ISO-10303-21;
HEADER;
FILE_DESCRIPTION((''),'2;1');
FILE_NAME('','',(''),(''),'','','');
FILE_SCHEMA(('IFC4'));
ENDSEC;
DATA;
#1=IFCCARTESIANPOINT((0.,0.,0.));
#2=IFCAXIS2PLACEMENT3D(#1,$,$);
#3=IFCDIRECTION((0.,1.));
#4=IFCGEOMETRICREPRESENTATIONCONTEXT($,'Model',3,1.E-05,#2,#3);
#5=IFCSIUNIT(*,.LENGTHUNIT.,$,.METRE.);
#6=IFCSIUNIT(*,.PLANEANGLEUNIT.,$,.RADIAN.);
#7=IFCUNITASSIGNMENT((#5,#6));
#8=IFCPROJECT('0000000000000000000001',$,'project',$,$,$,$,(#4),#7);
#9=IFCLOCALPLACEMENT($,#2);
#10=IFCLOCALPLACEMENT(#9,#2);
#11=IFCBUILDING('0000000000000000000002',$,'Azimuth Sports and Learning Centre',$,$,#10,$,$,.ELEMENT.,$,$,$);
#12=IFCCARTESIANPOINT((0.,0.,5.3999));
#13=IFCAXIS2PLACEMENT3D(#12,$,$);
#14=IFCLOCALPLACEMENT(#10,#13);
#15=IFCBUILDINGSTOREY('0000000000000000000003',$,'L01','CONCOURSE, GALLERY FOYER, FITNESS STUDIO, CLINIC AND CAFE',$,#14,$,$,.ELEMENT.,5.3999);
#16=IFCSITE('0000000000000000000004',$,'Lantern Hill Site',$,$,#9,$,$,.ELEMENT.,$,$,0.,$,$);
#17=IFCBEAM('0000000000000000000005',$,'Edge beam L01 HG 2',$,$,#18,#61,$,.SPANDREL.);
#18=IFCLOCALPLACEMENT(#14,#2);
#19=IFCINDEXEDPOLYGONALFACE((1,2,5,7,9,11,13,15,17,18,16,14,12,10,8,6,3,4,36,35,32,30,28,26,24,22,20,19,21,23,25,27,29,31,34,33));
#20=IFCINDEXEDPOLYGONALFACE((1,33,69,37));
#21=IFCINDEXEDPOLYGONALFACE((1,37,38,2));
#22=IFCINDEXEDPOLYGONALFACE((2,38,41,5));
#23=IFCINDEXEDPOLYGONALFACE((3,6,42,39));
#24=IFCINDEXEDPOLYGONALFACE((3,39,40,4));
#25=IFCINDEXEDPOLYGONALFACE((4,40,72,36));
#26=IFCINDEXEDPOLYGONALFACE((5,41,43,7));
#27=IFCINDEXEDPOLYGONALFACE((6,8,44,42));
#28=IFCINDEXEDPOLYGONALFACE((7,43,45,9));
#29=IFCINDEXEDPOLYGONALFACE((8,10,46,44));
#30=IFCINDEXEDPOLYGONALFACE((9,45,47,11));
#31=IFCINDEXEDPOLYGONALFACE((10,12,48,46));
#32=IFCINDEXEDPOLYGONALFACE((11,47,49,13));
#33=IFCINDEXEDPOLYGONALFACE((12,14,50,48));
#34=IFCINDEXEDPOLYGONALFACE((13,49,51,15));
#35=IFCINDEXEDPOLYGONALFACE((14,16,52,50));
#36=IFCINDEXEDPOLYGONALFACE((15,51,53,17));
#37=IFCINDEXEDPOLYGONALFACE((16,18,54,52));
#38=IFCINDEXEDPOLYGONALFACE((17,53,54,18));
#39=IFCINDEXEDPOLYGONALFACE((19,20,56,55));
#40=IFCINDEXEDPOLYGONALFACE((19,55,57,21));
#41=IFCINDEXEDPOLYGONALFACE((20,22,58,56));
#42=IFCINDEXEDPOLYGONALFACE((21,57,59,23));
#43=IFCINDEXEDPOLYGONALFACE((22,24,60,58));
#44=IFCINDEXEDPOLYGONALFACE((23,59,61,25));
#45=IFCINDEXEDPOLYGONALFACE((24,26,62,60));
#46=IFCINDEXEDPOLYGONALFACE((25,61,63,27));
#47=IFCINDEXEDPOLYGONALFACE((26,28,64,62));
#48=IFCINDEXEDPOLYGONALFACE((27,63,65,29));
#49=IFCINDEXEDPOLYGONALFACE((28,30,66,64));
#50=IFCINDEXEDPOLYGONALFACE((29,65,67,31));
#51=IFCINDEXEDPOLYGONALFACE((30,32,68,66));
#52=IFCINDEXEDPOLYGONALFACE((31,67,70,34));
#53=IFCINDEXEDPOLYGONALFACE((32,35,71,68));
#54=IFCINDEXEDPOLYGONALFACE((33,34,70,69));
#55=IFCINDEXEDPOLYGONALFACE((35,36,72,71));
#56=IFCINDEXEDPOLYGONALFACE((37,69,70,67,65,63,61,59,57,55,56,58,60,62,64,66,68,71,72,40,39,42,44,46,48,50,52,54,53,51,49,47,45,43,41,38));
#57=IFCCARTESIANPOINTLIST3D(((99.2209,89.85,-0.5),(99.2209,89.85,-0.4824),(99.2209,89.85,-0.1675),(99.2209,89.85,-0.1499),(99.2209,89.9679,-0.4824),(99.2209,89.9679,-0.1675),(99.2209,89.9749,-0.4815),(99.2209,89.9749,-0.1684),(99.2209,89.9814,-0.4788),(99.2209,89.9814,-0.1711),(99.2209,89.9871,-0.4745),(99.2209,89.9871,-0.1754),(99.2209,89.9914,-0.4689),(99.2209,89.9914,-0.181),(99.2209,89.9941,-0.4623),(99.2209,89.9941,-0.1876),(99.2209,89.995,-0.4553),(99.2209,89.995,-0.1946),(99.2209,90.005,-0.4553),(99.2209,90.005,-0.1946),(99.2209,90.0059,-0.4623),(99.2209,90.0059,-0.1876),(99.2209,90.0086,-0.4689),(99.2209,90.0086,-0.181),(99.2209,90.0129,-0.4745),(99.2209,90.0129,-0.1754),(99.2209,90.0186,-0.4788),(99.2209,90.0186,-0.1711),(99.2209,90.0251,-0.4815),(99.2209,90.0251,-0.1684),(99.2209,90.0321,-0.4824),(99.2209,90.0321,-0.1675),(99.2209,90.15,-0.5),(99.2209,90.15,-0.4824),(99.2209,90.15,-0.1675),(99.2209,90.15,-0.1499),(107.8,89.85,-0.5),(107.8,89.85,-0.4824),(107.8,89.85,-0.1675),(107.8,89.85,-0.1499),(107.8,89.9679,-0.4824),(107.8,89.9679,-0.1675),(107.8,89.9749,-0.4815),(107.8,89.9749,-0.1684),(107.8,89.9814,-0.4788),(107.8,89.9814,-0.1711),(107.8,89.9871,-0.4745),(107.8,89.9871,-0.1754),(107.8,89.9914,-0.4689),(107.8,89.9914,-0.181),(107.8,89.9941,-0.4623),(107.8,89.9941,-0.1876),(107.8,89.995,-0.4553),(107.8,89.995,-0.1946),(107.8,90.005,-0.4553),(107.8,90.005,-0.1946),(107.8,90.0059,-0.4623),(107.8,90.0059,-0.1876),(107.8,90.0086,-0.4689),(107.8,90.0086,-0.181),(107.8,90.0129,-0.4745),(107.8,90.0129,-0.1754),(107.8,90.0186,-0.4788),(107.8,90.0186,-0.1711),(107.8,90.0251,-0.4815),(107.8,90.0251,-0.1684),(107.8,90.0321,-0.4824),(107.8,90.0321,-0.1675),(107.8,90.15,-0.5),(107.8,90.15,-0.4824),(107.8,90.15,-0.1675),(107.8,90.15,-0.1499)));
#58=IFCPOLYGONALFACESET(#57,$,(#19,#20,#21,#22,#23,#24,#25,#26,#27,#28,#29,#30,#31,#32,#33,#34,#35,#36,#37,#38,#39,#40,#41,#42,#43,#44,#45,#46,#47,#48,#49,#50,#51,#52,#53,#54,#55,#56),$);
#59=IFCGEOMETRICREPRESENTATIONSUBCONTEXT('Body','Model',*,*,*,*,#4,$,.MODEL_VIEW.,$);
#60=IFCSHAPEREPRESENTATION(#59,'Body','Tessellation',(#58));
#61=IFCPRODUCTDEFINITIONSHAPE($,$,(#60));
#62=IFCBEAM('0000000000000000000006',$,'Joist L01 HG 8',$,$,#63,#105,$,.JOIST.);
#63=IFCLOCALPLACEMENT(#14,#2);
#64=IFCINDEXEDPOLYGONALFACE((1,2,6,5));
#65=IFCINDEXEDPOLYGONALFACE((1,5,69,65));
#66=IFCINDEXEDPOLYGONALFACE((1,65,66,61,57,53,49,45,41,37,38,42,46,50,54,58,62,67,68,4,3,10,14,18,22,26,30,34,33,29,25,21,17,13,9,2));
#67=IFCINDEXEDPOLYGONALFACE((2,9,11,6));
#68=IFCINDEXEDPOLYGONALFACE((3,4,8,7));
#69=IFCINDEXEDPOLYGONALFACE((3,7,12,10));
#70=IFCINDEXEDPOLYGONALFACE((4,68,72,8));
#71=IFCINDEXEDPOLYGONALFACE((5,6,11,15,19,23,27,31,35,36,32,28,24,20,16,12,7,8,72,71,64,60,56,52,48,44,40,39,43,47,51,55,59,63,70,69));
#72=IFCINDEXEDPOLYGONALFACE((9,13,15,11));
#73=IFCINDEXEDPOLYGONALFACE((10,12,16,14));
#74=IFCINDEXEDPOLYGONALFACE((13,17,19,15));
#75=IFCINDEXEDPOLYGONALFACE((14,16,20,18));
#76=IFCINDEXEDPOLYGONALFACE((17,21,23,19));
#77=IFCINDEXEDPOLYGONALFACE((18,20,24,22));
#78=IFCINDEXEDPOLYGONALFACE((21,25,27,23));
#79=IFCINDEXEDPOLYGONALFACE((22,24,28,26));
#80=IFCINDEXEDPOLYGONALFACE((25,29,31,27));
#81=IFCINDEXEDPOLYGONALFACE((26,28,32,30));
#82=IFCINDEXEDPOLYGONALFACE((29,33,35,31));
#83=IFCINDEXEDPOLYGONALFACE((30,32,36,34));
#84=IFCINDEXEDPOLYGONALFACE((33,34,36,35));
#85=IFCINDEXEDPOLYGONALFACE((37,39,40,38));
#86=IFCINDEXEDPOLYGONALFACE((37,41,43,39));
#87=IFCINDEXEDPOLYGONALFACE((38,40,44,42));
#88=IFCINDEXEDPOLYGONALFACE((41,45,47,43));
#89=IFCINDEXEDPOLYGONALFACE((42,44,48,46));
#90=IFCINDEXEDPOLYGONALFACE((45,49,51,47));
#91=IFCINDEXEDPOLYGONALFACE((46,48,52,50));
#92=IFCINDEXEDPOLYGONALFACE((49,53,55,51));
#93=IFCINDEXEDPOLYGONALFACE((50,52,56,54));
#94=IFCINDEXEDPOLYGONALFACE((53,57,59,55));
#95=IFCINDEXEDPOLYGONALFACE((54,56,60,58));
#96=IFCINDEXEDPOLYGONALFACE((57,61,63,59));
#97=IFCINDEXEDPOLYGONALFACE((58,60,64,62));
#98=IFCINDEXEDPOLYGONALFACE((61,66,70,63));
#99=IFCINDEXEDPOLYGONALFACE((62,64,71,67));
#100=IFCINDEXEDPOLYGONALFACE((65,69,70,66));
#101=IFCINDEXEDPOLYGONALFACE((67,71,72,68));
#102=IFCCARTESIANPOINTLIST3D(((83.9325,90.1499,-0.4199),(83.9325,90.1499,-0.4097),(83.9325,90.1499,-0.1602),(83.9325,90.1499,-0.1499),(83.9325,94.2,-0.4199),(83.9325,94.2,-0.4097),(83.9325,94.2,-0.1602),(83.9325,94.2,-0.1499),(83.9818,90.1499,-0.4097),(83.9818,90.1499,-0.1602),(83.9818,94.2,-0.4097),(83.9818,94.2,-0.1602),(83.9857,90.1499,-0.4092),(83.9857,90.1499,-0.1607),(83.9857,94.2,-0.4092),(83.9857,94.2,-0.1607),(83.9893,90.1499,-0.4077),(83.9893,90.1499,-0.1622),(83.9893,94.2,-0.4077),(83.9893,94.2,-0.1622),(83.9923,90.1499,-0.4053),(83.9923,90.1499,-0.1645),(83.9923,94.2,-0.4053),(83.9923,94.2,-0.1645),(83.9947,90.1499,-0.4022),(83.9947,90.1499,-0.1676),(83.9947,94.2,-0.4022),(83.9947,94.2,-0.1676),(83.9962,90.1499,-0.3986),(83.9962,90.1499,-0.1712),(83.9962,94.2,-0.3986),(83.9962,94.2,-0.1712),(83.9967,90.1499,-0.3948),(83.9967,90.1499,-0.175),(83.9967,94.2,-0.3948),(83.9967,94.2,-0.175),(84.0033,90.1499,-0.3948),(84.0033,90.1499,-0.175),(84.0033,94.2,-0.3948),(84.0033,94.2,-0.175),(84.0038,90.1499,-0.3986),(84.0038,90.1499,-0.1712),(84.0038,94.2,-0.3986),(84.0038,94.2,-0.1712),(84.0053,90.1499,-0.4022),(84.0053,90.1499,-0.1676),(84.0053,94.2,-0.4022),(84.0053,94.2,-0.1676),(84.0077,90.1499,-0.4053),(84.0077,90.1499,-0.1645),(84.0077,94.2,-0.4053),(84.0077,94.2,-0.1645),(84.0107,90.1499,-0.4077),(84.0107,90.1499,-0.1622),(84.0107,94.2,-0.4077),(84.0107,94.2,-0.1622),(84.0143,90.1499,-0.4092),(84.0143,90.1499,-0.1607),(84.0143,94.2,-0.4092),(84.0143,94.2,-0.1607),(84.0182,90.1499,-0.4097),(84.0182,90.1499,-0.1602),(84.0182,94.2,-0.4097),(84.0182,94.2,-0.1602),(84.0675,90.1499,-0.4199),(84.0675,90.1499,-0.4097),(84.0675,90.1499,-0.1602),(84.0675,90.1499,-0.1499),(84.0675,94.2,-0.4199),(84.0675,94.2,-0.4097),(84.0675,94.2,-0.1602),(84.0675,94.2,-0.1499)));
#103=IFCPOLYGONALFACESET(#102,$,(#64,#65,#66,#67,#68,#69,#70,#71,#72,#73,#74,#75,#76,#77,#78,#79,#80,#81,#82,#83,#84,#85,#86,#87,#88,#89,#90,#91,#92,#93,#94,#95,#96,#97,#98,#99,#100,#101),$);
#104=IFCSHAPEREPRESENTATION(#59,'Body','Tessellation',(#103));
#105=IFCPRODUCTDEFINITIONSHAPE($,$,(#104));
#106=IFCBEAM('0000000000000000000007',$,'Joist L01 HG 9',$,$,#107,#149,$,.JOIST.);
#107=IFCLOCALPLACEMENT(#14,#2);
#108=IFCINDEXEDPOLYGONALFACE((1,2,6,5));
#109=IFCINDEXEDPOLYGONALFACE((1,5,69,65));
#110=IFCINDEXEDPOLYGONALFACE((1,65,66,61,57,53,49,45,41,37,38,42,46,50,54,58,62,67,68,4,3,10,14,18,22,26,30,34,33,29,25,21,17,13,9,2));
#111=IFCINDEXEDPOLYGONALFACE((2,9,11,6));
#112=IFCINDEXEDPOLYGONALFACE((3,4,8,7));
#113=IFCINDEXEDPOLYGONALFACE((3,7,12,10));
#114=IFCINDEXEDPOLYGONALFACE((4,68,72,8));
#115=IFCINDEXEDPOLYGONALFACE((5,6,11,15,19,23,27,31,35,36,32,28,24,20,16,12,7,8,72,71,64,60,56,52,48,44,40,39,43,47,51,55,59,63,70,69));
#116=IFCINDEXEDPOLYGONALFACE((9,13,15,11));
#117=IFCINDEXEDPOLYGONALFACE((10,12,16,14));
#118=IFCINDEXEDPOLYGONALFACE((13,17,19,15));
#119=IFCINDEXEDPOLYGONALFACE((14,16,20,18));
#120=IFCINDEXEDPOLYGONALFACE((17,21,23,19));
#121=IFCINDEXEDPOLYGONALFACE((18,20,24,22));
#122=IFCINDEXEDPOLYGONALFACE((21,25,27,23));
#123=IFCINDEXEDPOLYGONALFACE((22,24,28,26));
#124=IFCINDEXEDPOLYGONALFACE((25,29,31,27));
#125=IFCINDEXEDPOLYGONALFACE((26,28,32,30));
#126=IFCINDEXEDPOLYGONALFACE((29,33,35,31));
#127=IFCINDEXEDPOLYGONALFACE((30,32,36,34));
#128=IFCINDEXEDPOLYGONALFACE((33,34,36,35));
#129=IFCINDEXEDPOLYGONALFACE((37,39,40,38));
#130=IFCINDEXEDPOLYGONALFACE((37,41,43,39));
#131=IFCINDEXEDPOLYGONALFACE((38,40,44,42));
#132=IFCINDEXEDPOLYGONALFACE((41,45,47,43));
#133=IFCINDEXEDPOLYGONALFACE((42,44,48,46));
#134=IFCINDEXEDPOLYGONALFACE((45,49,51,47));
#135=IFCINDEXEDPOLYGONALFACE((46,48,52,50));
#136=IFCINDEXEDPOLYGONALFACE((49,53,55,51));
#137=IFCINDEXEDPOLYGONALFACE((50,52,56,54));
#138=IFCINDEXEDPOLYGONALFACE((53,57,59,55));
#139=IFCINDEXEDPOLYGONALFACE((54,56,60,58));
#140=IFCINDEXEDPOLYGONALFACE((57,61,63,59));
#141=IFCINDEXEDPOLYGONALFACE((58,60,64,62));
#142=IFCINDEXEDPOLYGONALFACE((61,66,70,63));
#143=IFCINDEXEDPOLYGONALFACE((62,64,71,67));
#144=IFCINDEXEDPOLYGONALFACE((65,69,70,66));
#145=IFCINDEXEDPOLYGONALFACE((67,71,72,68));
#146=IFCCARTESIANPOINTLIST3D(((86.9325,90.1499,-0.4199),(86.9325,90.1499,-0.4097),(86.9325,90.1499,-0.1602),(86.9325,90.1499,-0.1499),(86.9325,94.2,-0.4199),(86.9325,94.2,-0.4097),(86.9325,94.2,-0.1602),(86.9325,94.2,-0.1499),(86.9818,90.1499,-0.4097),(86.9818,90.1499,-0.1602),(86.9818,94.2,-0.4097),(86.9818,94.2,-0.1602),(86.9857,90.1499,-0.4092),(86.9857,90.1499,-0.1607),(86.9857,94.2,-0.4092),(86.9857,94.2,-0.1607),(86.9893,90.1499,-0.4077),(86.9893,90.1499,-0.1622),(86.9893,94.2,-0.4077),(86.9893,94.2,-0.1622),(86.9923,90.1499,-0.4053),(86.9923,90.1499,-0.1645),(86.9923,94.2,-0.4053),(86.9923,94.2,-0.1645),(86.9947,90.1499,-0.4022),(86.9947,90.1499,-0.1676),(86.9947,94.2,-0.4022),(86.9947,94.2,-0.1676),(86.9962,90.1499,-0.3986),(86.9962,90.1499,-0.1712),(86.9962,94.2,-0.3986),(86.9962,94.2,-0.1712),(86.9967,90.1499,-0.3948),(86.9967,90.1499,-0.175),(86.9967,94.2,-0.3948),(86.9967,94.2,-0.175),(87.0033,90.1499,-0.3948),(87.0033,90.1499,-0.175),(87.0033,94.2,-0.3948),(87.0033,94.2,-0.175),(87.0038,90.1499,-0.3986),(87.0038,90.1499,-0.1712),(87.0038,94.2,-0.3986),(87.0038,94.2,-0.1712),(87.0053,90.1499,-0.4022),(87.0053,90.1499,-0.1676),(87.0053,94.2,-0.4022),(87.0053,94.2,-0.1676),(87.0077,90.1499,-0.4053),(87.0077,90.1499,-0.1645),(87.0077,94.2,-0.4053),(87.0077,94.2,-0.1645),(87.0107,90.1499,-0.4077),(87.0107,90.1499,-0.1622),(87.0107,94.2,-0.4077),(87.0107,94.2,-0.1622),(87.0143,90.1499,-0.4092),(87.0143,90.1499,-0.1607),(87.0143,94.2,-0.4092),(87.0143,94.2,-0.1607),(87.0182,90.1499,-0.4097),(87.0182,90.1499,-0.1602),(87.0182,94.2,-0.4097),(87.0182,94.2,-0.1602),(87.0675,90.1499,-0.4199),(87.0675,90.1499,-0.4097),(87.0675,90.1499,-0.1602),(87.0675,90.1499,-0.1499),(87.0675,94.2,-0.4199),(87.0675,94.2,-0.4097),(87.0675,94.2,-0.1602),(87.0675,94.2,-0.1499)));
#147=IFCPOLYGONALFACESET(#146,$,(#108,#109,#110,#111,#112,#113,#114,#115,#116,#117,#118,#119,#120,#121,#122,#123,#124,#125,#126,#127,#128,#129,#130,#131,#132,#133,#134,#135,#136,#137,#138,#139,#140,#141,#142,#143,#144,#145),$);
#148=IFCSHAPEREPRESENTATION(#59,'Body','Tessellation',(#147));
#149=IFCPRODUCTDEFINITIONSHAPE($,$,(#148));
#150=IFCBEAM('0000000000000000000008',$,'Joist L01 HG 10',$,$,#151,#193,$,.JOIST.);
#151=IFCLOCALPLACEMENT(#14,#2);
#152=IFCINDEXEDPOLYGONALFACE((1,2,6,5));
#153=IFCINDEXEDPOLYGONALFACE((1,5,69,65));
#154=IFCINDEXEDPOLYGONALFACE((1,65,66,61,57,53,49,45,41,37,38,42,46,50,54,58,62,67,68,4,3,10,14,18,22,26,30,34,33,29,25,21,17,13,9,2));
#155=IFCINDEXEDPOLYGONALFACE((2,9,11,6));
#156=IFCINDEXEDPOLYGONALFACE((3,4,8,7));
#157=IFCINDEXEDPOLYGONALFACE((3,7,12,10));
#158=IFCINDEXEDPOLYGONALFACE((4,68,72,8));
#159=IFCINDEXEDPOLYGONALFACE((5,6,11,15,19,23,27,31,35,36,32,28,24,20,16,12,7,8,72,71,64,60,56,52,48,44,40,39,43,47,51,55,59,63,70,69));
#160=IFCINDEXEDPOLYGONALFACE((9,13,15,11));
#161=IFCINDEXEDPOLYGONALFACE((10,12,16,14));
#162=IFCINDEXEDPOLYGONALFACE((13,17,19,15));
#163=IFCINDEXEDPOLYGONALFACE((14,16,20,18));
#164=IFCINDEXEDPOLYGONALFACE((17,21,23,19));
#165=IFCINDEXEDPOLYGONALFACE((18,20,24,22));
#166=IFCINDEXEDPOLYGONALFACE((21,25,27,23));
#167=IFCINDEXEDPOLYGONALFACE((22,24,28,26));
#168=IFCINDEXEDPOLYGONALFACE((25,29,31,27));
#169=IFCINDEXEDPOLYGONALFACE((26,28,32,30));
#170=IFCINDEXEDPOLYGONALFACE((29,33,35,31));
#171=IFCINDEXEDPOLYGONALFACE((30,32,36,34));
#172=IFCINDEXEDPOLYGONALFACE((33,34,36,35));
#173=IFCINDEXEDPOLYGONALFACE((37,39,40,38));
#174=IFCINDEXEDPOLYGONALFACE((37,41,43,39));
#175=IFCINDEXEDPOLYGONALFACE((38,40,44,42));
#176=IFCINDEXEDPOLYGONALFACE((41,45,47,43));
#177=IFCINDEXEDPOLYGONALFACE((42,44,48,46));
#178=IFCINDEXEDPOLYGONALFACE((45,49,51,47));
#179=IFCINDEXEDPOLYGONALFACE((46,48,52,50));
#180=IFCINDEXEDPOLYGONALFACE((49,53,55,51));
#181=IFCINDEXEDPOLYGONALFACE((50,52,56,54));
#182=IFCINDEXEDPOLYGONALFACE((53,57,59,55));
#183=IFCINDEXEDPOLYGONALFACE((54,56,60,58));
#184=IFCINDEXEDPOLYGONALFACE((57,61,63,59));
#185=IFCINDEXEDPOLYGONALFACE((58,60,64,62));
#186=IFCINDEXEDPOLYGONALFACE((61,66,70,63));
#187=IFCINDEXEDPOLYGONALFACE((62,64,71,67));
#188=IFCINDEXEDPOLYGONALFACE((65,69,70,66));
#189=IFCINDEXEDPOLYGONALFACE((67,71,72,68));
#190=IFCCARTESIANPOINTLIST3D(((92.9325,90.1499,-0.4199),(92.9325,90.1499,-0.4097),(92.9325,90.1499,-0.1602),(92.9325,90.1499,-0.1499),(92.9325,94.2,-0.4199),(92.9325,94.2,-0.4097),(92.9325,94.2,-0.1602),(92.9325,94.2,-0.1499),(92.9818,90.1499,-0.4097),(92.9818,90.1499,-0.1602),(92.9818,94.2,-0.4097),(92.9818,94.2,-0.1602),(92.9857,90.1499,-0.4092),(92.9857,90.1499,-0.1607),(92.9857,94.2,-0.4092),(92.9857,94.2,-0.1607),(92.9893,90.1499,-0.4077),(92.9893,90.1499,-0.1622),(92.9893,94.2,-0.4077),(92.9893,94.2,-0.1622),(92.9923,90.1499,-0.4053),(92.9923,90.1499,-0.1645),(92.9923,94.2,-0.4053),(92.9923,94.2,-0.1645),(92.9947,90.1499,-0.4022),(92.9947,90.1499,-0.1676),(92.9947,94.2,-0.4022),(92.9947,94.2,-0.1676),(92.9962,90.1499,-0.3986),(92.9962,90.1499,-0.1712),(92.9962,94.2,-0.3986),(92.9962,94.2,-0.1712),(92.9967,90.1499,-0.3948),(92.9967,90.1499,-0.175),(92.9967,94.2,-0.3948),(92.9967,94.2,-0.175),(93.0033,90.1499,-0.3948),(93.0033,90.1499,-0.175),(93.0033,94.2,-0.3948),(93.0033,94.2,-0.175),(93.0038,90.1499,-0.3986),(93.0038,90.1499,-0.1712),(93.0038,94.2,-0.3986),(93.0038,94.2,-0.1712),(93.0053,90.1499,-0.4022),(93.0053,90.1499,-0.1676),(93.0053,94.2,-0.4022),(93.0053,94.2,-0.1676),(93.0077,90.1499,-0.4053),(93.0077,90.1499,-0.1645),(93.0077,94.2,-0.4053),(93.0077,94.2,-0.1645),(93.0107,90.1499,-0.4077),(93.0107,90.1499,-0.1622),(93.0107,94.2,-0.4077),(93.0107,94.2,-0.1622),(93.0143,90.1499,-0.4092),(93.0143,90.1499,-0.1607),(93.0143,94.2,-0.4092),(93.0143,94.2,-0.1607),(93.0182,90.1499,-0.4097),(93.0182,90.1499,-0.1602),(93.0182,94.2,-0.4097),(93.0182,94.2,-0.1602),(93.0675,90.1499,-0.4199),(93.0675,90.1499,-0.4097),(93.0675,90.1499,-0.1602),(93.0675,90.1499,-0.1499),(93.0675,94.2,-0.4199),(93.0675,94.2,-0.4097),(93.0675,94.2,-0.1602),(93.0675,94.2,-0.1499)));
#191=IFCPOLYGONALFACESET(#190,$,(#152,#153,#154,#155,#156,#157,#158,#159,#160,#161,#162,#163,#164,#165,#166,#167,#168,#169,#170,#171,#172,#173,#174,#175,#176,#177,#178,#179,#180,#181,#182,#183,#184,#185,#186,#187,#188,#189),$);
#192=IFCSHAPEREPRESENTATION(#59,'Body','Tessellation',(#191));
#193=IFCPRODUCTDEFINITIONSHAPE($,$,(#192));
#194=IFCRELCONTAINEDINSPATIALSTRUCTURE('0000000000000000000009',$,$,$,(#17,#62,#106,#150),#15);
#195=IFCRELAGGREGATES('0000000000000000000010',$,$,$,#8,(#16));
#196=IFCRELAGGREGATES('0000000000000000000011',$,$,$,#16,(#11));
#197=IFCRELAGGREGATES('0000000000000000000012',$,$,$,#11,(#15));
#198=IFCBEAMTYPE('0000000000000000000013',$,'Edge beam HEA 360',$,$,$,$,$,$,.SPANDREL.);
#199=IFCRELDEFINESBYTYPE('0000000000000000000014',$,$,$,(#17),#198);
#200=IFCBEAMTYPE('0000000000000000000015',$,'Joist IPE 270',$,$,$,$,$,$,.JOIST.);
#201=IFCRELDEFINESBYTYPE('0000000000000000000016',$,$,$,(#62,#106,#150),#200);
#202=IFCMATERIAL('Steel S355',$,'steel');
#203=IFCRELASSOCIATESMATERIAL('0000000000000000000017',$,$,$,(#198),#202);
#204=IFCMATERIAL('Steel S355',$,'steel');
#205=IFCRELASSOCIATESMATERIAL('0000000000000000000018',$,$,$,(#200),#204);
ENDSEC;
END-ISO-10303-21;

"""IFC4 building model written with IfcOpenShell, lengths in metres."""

from ifc_helpers import new_model, si_unit, direction, frame, origin, origin_2d, place, context, subcontext, project, spatial, i_section, extrude, material, material_profile, profile_set, type_object, element, save


model = new_model("IFC4")

# Units and contexts
model_context = context("Model", 3, precision=1e-05, world=origin(), true_north=direction((0.0, 1.0)))
body_context = subcontext(model_context, "Body", "Model", "MODEL_VIEW")
ifc_project = project(units=[si_unit("LENGTHUNIT", "METRE"), si_unit("PLANEANGLEUNIT", "RADIAN")], contexts=[model_context])

# Site, building, storey
site_placement = place(None, origin())
site = spatial("IfcSite", under=ifc_project, at=site_placement, Name="Lantern Hill Site", CompositionType="ELEMENT", RefElevation=0.0)
building_placement = place(site_placement, origin())
building = spatial("IfcBuilding", under=site, at=building_placement, Name="Azimuth Sports and Learning Centre", CompositionType="ELEMENT")
storey_placement = place(building_placement, frame((0.0, 0.0, 5.3999)))
storey = spatial("IfcBuildingStorey", under=building, at=storey_placement, Name="L01", Description="CONCOURSE, GALLERY FOYER, FITNESS STUDIO, CLINIC AND CAFE", CompositionType="ELEMENT", Elevation=5.3999)

# Beams
ifc_material_1 = material(Name="Steel S355", Category="steel")
ifc_material_profile_1 = material_profile(ifc_material_1, i_section(OverallWidth=0.3, OverallDepth=0.3501, WebThickness=0.01, FlangeThickness=0.0176, FilletRadius=0.0271, at=origin_2d()), Name="HEA 360")
ifc_profile_set_1 = profile_set([ifc_material_profile_1], Name="Steel S355")
beam_type_1 = type_object("IfcBeamType", Name="Edge beam HEA 360", PredefinedType="SPANDREL", material=ifc_profile_set_1)
beam_placement = place(storey_placement, frame((99.2209, 90.0, -0.325), z_axis=(1.0, 0.0, 0.0), x_axis=(0.0, 1.0, 0.0)))
element("IfcBeam", 1, at=beam_placement, inside=storey, type_object=beam_type_1, Name="Edge beam L01 HG 2", PredefinedType="SPANDREL", context=body_context, shape_type="SweptSolid", body=[
    extrude(i_section(OverallWidth=0.3, OverallDepth=0.3501, WebThickness=0.01, FlangeThickness=0.0176, FilletRadius=0.0271, at=origin_2d()), origin(), (0.0, 0.0, 1.0), 8.5791),
])
ifc_material_2 = material(Name="Steel S355", Category="steel")
ifc_material_profile_2 = material_profile(ifc_material_2, i_section(OverallWidth=0.135, OverallDepth=0.27, WebThickness=0.0066, FlangeThickness=0.0103, FilletRadius=0.0149, at=origin_2d()), Name="IPE 270")
ifc_profile_set_2 = profile_set([ifc_material_profile_2], Name="Steel S355")
beam_type_2 = type_object("IfcBeamType", Name="Joist IPE 270", PredefinedType="JOIST", material=ifc_profile_set_2)
for number, where, z_axis, x_axis, name in (
    (2, (84.0, 90.1499, -0.2849), (0.0, 1.0, 0.0), (-1.0, 0.0, 0.0), "Joist L01 HG 8"),
    (3, (87.0, 90.1499, -0.2849), (0.0, 1.0, 0.0), (-1.0, 0.0, 0.0), "Joist L01 HG 9"),
    (4, (93.0, 90.1499, -0.2849), (0.0, 1.0, 0.0), (-1.0, 0.0, 0.0), "Joist L01 HG 10"),
):
    element("IfcBeam", number, at=place(storey_placement, frame(where, z_axis=z_axis, x_axis=x_axis)), inside=storey, type_object=beam_type_2, Name=name, PredefinedType="JOIST", context=body_context, shape_type="SweptSolid", body=[
        extrude(i_section(OverallWidth=0.135, OverallDepth=0.27, WebThickness=0.0066, FlangeThickness=0.0103, FilletRadius=0.0149, at=origin_2d()), origin(), (0.0, 0.0, 1.0), 4.05),
    ])

save(model, "model.ifc")
